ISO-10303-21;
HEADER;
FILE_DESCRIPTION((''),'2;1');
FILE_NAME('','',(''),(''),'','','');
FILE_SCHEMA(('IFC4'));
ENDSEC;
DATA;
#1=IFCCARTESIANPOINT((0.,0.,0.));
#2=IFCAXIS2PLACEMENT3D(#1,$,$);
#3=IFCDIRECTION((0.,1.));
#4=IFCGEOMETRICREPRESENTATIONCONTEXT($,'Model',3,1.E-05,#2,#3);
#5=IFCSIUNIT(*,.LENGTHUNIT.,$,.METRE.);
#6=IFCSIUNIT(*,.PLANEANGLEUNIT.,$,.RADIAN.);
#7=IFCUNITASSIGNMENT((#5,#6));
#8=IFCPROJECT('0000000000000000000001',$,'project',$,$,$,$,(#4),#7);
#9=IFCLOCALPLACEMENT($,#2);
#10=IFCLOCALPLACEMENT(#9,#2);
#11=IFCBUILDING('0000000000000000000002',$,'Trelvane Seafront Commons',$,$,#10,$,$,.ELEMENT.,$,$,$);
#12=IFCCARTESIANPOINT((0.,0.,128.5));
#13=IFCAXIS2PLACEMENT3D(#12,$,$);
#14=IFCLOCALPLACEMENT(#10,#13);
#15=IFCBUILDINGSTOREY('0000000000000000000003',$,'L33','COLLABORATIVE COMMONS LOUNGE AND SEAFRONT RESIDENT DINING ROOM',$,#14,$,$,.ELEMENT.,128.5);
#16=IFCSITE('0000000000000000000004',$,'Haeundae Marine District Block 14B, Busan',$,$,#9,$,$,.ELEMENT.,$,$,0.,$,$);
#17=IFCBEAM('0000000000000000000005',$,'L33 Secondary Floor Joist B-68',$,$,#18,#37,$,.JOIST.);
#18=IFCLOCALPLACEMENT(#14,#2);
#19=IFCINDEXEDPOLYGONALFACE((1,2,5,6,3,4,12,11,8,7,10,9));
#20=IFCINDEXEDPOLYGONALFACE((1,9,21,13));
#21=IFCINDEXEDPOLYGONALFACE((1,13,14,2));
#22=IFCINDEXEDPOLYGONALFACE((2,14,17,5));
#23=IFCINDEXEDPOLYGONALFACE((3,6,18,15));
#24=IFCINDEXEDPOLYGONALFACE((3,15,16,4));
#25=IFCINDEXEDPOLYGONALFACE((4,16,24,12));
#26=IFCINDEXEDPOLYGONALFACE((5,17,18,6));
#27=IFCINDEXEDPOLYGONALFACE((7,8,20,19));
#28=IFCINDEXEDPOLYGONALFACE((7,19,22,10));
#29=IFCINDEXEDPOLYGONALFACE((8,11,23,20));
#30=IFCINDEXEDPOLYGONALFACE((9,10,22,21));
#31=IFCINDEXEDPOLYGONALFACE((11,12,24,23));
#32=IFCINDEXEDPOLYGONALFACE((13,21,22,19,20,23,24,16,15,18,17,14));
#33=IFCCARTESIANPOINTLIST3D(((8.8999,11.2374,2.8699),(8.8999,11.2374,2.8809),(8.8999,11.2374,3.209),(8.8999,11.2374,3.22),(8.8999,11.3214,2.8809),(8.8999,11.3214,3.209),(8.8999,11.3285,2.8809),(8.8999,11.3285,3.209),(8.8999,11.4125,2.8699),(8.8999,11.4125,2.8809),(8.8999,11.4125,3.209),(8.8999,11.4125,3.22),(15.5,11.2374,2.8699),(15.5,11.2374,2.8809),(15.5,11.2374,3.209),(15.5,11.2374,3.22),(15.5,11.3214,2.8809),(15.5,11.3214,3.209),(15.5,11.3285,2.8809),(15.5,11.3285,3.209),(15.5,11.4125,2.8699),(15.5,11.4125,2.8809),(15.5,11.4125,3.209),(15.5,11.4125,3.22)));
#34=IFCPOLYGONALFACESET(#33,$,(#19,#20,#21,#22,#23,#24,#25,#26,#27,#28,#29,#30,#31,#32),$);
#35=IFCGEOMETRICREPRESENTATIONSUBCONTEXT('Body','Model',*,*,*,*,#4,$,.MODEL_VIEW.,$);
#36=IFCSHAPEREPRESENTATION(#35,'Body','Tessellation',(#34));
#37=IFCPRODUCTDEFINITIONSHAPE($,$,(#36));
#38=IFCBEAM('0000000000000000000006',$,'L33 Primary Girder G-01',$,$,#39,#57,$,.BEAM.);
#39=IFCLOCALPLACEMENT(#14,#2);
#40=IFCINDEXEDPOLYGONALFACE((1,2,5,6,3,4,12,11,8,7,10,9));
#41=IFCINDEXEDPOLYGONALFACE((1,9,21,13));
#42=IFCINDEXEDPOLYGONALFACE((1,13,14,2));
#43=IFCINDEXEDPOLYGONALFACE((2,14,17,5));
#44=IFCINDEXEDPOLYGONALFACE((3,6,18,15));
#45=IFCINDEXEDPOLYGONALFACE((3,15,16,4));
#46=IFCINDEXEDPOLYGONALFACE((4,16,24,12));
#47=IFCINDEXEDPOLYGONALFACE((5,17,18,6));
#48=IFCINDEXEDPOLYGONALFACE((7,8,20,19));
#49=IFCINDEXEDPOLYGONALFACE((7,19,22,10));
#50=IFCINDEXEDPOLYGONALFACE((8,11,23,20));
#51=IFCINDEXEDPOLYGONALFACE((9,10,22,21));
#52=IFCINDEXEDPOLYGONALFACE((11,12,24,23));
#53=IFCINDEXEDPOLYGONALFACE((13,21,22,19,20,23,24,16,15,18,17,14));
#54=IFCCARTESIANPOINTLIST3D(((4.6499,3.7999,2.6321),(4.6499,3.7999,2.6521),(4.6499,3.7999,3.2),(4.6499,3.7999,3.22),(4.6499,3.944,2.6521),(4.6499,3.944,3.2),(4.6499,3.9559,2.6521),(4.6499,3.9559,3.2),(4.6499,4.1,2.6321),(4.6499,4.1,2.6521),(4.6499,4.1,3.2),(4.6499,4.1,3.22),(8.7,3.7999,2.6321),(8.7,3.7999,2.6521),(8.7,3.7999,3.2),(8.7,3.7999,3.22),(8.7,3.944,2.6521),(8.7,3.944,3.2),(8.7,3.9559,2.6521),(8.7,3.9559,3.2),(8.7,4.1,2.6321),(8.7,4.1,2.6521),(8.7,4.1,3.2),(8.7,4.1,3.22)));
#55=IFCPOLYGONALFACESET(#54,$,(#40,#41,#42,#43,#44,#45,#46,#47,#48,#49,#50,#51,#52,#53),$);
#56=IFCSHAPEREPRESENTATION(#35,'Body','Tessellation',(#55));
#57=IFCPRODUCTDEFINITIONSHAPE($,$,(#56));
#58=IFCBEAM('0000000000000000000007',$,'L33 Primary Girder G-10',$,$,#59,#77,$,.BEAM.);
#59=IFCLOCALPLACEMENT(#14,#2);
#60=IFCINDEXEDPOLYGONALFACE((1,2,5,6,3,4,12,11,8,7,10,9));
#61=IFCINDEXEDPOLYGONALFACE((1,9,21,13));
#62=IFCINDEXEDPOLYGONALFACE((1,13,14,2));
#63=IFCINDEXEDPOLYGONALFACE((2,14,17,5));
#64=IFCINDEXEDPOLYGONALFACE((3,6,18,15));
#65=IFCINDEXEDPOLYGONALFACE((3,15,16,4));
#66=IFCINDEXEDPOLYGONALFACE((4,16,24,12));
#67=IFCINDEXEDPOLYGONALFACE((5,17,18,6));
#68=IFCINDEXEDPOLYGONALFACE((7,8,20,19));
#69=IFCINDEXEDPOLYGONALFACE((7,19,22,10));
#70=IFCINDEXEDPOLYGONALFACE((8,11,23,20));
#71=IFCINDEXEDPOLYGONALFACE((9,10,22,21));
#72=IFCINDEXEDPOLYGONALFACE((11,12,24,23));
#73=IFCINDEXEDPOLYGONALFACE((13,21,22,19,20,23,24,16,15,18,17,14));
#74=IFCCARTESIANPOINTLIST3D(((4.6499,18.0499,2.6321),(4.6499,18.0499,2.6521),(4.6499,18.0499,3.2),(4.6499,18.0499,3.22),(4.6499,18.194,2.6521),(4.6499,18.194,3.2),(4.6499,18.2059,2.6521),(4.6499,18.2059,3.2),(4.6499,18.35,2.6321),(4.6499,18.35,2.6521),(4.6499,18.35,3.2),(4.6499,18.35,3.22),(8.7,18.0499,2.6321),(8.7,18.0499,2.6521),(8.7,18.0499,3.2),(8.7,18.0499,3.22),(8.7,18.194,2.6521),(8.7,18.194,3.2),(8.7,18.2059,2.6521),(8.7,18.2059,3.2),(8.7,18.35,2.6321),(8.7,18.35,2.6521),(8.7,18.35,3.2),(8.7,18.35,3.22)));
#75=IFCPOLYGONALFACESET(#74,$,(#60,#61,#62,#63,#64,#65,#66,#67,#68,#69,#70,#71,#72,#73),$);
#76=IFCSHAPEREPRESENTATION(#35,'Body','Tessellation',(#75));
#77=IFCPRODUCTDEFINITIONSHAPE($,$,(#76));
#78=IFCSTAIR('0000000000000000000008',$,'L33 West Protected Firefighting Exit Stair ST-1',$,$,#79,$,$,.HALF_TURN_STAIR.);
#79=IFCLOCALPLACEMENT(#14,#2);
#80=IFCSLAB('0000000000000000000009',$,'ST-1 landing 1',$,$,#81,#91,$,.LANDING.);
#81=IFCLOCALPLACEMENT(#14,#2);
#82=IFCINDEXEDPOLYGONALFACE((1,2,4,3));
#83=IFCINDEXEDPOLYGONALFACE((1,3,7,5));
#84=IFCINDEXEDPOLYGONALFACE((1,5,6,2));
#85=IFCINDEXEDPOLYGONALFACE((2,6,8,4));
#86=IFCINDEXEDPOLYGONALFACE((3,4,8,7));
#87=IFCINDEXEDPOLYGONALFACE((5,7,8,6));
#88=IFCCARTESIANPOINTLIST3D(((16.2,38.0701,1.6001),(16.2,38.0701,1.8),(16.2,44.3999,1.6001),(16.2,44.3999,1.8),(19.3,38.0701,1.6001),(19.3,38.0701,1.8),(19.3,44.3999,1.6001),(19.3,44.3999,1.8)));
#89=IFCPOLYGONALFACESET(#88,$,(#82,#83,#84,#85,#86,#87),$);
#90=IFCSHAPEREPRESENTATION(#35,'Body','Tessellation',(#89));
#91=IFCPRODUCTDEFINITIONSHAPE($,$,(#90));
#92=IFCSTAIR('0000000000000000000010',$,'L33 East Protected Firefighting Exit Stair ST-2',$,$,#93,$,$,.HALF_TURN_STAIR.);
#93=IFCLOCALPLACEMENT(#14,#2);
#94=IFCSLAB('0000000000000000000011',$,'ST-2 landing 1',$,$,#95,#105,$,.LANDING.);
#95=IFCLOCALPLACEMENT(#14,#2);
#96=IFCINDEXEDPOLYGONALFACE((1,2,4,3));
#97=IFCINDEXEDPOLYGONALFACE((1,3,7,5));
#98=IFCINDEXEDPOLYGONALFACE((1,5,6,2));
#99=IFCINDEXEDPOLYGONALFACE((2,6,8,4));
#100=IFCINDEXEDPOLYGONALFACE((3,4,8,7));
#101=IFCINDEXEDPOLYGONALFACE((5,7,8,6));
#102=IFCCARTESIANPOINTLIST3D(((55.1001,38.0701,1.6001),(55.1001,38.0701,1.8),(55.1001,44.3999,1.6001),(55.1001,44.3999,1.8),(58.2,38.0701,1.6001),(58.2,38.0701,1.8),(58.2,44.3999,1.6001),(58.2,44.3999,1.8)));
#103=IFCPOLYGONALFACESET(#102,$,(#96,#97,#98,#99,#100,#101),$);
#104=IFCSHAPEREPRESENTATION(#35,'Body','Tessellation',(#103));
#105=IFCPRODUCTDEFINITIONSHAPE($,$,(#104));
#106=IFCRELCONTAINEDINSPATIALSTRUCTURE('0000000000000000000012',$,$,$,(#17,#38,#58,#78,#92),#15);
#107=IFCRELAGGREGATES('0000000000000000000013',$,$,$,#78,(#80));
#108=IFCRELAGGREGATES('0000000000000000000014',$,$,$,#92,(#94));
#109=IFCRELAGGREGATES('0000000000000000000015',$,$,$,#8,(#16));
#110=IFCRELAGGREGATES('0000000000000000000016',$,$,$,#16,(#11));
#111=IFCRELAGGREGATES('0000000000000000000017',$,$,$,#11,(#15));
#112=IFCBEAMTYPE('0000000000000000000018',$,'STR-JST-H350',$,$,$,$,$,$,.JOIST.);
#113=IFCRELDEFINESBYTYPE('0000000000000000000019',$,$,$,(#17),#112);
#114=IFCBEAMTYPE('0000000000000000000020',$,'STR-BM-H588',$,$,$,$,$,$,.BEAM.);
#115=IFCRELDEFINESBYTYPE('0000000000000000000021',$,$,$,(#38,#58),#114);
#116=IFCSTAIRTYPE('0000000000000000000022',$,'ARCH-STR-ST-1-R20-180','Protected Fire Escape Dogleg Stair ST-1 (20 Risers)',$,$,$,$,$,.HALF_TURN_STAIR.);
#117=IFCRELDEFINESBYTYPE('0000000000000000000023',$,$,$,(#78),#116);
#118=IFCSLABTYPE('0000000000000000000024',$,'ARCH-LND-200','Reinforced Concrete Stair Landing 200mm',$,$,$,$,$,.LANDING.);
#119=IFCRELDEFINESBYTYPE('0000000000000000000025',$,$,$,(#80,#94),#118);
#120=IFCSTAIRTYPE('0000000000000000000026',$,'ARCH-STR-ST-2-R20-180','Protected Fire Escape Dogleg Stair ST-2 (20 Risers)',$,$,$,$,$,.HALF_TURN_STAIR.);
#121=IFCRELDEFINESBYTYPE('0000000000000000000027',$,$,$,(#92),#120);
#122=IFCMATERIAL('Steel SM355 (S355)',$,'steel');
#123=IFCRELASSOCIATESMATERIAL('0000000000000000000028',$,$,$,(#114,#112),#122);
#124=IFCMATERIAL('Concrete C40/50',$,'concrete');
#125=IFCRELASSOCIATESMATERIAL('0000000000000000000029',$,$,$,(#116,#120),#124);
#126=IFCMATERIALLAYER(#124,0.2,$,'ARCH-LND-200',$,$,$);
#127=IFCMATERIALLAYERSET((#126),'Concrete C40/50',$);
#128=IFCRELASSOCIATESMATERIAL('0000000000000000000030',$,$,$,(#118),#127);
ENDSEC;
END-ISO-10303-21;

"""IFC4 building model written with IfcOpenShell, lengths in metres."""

from ifc_helpers import new_model, si_unit, direction, frame, origin, origin_2d, place, context, subcontext, project, spatial, polyline, i_section, outline, extrude, source, transform, mapped, material, layer, layer_set, material_profile, profile_set, type_object, element, aggregate, save


model = new_model("IFC4")

# Units and contexts
model_context = context("Model", 3, precision=1e-05, world=origin(), true_north=direction((0.0, 1.0)))
body_context = subcontext(model_context, "Body", "Model", "MODEL_VIEW")
ifc_project = project(units=[si_unit("LENGTHUNIT", "METRE"), si_unit("PLANEANGLEUNIT", "RADIAN")], contexts=[model_context])

# Site, building, storey
site_placement = place(None, origin())
site = spatial("IfcSite", under=ifc_project, at=site_placement, Name="Haeundae Marine District Block 14B, Busan", CompositionType="ELEMENT", RefElevation=0.0)
building_placement = place(site_placement, origin())
building = spatial("IfcBuilding", under=site, at=building_placement, Name="Trelvane Seafront Commons", CompositionType="ELEMENT")
storey_placement = place(building_placement, frame((0.0, 0.0, 128.5)))
storey = spatial("IfcBuildingStorey", under=building, at=storey_placement, Name="L33", Description="COLLABORATIVE COMMONS LOUNGE AND SEAFRONT RESIDENT DINING ROOM", CompositionType="ELEMENT", Elevation=128.5)

# Shared definitions
ifc_material_1 = material(Name="Steel SM355 (S355)", Category="steel")

# Beams
ifc_material_profile_1 = material_profile(ifc_material_1, i_section(OverallWidth=0.3, OverallDepth=0.5879, WebThickness=0.012, FlangeThickness=0.02, at=origin_2d()), Name="H-588x300x12x20")
ifc_profile_set_1 = profile_set([ifc_material_profile_1], Name="Steel SM355 (S355)")
beam_type_1 = type_object("IfcBeamType", Name="STR-BM-H588", PredefinedType="BEAM", material=ifc_profile_set_1)
ifc_material_profile_2 = material_profile(ifc_material_1, i_section(OverallWidth=0.175, OverallDepth=0.3501, WebThickness=0.0071, FlangeThickness=0.011, at=origin_2d()), Name="H-350x175x7x11")
ifc_profile_set_2 = profile_set([ifc_material_profile_2], Name="Steel SM355 (S355)")
beam_type_2 = type_object("IfcBeamType", Name="STR-JST-H350", PredefinedType="JOIST", material=ifc_profile_set_2)
shared_shape_1 = source(origin(), body_context, "Body", "SweptSolid", [
    extrude(i_section(OverallWidth=0.175, OverallDepth=0.3501, WebThickness=0.0071, FlangeThickness=0.011, at=origin_2d()), origin(), (0.0, 0.0, 1.0), 6.6001),
])
beam_1_placement = place(storey_placement, frame((8.8999, 11.325, 3.0449), z_axis=(1.0, 0.0, 0.0), x_axis=(0.0, 1.0, 0.0)))
element("IfcBeam", 1, at=beam_1_placement, inside=storey, type_object=beam_type_2, Name="L33 Secondary Floor Joist B-68", PredefinedType="JOIST", context=body_context, shape_type="MappedRepresentation", body=[
    mapped(shared_shape_1, transform((0.0, 0.0, 0.0), x_axis=(1.0, 0.0, 0.0), y_axis=(0.0, 1.0, 0.0), z_axis=(0.0, 0.0, 1.0), scale=1.0)),
])
shared_shape_2 = source(origin(), body_context, "Body", "SweptSolid", [
    extrude(i_section(OverallWidth=0.3, OverallDepth=0.5879, WebThickness=0.012, FlangeThickness=0.02, at=origin_2d()), origin(), (0.0, 0.0, 1.0), 4.05),
])
for number, where, z_axis, x_axis, name in (
    (2, (4.6499, 3.95, 2.926), (1.0, 0.0, 0.0), (0.0, 1.0, 0.0), "L33 Primary Girder G-01"),
    (3, (4.6499, 18.2, 2.926), (1.0, 0.0, 0.0), (0.0, 1.0, 0.0), "L33 Primary Girder G-10"),
):
    element("IfcBeam", number, at=place(storey_placement, frame(where, z_axis=z_axis, x_axis=x_axis)), inside=storey, type_object=beam_type_1, Name=name, PredefinedType="BEAM", context=body_context, shape_type="MappedRepresentation", body=[
        mapped(shared_shape_2, transform((0.0, 0.0, 0.0), x_axis=(1.0, 0.0, 0.0), y_axis=(0.0, 1.0, 0.0), z_axis=(0.0, 0.0, 1.0), scale=1.0)),
    ])

# Stairs, slabs
ifc_material_2 = material(Name="Concrete C40/50", Category="concrete")
stair_type_1 = type_object("IfcStairType", Name="ARCH-STR-ST-1-R20-180", Description="Protected Fire Escape Dogleg Stair ST-1 (20 Risers)", PredefinedType="HALF_TURN_STAIR", material=ifc_material_2)
stair_1_placement = place(storey_placement, origin())
stair_1 = element("IfcStair", 4, at=stair_1_placement, inside=storey, type_object=stair_type_1, Name="L33 West Protected Firefighting Exit Stair ST-1", PredefinedType="HALF_TURN_STAIR")
ifc_layer_1 = layer(ifc_material_2, 0.2, Name="ARCH-LND-200")
ifc_layer_set_1 = layer_set([ifc_layer_1], Name="Concrete C40/50")
slab_type_1 = type_object("IfcSlabType", Name="ARCH-LND-200", Description="Reinforced Concrete Stair Landing 200mm", PredefinedType="LANDING", material=ifc_layer_set_1)
slab_1_placement = place(storey_placement, frame((0.0, 0.0, 1.6001)))
slab_1 = element("IfcSlab", 5, at=slab_1_placement, type_object=slab_type_1, Name="ST-1 landing 1", PredefinedType="LANDING", context=body_context, shape_type="SweptSolid", body=[
    extrude(outline(polyline([(19.3, 38.0701), (19.3, 44.3999), (16.2, 44.3999), (16.2, 38.0701), (19.3, 38.0701)])), origin(), (0.0, 0.0, 1.0), 0.2),
])
aggregate(stair_1, [slab_1])
stair_type_2 = type_object("IfcStairType", Name="ARCH-STR-ST-2-R20-180", Description="Protected Fire Escape Dogleg Stair ST-2 (20 Risers)", PredefinedType="HALF_TURN_STAIR", material=ifc_material_2)
stair_2_placement = place(storey_placement, origin())
stair_2 = element("IfcStair", 6, at=stair_2_placement, inside=storey, type_object=stair_type_2, Name="L33 East Protected Firefighting Exit Stair ST-2", PredefinedType="HALF_TURN_STAIR")
slab_2_placement = place(storey_placement, frame((0.0, 0.0, 1.6001)))
slab_2 = element("IfcSlab", 7, at=slab_2_placement, type_object=slab_type_1, Name="ST-2 landing 1", PredefinedType="LANDING", context=body_context, shape_type="SweptSolid", body=[
    extrude(outline(polyline([(58.2, 38.0701), (58.2, 44.3999), (55.1001, 44.3999), (55.1001, 38.0701), (58.2, 38.0701)])), origin(), (0.0, 0.0, 1.0), 0.2),
])
aggregate(stair_2, [slab_2])

save(model, "model.ifc")
